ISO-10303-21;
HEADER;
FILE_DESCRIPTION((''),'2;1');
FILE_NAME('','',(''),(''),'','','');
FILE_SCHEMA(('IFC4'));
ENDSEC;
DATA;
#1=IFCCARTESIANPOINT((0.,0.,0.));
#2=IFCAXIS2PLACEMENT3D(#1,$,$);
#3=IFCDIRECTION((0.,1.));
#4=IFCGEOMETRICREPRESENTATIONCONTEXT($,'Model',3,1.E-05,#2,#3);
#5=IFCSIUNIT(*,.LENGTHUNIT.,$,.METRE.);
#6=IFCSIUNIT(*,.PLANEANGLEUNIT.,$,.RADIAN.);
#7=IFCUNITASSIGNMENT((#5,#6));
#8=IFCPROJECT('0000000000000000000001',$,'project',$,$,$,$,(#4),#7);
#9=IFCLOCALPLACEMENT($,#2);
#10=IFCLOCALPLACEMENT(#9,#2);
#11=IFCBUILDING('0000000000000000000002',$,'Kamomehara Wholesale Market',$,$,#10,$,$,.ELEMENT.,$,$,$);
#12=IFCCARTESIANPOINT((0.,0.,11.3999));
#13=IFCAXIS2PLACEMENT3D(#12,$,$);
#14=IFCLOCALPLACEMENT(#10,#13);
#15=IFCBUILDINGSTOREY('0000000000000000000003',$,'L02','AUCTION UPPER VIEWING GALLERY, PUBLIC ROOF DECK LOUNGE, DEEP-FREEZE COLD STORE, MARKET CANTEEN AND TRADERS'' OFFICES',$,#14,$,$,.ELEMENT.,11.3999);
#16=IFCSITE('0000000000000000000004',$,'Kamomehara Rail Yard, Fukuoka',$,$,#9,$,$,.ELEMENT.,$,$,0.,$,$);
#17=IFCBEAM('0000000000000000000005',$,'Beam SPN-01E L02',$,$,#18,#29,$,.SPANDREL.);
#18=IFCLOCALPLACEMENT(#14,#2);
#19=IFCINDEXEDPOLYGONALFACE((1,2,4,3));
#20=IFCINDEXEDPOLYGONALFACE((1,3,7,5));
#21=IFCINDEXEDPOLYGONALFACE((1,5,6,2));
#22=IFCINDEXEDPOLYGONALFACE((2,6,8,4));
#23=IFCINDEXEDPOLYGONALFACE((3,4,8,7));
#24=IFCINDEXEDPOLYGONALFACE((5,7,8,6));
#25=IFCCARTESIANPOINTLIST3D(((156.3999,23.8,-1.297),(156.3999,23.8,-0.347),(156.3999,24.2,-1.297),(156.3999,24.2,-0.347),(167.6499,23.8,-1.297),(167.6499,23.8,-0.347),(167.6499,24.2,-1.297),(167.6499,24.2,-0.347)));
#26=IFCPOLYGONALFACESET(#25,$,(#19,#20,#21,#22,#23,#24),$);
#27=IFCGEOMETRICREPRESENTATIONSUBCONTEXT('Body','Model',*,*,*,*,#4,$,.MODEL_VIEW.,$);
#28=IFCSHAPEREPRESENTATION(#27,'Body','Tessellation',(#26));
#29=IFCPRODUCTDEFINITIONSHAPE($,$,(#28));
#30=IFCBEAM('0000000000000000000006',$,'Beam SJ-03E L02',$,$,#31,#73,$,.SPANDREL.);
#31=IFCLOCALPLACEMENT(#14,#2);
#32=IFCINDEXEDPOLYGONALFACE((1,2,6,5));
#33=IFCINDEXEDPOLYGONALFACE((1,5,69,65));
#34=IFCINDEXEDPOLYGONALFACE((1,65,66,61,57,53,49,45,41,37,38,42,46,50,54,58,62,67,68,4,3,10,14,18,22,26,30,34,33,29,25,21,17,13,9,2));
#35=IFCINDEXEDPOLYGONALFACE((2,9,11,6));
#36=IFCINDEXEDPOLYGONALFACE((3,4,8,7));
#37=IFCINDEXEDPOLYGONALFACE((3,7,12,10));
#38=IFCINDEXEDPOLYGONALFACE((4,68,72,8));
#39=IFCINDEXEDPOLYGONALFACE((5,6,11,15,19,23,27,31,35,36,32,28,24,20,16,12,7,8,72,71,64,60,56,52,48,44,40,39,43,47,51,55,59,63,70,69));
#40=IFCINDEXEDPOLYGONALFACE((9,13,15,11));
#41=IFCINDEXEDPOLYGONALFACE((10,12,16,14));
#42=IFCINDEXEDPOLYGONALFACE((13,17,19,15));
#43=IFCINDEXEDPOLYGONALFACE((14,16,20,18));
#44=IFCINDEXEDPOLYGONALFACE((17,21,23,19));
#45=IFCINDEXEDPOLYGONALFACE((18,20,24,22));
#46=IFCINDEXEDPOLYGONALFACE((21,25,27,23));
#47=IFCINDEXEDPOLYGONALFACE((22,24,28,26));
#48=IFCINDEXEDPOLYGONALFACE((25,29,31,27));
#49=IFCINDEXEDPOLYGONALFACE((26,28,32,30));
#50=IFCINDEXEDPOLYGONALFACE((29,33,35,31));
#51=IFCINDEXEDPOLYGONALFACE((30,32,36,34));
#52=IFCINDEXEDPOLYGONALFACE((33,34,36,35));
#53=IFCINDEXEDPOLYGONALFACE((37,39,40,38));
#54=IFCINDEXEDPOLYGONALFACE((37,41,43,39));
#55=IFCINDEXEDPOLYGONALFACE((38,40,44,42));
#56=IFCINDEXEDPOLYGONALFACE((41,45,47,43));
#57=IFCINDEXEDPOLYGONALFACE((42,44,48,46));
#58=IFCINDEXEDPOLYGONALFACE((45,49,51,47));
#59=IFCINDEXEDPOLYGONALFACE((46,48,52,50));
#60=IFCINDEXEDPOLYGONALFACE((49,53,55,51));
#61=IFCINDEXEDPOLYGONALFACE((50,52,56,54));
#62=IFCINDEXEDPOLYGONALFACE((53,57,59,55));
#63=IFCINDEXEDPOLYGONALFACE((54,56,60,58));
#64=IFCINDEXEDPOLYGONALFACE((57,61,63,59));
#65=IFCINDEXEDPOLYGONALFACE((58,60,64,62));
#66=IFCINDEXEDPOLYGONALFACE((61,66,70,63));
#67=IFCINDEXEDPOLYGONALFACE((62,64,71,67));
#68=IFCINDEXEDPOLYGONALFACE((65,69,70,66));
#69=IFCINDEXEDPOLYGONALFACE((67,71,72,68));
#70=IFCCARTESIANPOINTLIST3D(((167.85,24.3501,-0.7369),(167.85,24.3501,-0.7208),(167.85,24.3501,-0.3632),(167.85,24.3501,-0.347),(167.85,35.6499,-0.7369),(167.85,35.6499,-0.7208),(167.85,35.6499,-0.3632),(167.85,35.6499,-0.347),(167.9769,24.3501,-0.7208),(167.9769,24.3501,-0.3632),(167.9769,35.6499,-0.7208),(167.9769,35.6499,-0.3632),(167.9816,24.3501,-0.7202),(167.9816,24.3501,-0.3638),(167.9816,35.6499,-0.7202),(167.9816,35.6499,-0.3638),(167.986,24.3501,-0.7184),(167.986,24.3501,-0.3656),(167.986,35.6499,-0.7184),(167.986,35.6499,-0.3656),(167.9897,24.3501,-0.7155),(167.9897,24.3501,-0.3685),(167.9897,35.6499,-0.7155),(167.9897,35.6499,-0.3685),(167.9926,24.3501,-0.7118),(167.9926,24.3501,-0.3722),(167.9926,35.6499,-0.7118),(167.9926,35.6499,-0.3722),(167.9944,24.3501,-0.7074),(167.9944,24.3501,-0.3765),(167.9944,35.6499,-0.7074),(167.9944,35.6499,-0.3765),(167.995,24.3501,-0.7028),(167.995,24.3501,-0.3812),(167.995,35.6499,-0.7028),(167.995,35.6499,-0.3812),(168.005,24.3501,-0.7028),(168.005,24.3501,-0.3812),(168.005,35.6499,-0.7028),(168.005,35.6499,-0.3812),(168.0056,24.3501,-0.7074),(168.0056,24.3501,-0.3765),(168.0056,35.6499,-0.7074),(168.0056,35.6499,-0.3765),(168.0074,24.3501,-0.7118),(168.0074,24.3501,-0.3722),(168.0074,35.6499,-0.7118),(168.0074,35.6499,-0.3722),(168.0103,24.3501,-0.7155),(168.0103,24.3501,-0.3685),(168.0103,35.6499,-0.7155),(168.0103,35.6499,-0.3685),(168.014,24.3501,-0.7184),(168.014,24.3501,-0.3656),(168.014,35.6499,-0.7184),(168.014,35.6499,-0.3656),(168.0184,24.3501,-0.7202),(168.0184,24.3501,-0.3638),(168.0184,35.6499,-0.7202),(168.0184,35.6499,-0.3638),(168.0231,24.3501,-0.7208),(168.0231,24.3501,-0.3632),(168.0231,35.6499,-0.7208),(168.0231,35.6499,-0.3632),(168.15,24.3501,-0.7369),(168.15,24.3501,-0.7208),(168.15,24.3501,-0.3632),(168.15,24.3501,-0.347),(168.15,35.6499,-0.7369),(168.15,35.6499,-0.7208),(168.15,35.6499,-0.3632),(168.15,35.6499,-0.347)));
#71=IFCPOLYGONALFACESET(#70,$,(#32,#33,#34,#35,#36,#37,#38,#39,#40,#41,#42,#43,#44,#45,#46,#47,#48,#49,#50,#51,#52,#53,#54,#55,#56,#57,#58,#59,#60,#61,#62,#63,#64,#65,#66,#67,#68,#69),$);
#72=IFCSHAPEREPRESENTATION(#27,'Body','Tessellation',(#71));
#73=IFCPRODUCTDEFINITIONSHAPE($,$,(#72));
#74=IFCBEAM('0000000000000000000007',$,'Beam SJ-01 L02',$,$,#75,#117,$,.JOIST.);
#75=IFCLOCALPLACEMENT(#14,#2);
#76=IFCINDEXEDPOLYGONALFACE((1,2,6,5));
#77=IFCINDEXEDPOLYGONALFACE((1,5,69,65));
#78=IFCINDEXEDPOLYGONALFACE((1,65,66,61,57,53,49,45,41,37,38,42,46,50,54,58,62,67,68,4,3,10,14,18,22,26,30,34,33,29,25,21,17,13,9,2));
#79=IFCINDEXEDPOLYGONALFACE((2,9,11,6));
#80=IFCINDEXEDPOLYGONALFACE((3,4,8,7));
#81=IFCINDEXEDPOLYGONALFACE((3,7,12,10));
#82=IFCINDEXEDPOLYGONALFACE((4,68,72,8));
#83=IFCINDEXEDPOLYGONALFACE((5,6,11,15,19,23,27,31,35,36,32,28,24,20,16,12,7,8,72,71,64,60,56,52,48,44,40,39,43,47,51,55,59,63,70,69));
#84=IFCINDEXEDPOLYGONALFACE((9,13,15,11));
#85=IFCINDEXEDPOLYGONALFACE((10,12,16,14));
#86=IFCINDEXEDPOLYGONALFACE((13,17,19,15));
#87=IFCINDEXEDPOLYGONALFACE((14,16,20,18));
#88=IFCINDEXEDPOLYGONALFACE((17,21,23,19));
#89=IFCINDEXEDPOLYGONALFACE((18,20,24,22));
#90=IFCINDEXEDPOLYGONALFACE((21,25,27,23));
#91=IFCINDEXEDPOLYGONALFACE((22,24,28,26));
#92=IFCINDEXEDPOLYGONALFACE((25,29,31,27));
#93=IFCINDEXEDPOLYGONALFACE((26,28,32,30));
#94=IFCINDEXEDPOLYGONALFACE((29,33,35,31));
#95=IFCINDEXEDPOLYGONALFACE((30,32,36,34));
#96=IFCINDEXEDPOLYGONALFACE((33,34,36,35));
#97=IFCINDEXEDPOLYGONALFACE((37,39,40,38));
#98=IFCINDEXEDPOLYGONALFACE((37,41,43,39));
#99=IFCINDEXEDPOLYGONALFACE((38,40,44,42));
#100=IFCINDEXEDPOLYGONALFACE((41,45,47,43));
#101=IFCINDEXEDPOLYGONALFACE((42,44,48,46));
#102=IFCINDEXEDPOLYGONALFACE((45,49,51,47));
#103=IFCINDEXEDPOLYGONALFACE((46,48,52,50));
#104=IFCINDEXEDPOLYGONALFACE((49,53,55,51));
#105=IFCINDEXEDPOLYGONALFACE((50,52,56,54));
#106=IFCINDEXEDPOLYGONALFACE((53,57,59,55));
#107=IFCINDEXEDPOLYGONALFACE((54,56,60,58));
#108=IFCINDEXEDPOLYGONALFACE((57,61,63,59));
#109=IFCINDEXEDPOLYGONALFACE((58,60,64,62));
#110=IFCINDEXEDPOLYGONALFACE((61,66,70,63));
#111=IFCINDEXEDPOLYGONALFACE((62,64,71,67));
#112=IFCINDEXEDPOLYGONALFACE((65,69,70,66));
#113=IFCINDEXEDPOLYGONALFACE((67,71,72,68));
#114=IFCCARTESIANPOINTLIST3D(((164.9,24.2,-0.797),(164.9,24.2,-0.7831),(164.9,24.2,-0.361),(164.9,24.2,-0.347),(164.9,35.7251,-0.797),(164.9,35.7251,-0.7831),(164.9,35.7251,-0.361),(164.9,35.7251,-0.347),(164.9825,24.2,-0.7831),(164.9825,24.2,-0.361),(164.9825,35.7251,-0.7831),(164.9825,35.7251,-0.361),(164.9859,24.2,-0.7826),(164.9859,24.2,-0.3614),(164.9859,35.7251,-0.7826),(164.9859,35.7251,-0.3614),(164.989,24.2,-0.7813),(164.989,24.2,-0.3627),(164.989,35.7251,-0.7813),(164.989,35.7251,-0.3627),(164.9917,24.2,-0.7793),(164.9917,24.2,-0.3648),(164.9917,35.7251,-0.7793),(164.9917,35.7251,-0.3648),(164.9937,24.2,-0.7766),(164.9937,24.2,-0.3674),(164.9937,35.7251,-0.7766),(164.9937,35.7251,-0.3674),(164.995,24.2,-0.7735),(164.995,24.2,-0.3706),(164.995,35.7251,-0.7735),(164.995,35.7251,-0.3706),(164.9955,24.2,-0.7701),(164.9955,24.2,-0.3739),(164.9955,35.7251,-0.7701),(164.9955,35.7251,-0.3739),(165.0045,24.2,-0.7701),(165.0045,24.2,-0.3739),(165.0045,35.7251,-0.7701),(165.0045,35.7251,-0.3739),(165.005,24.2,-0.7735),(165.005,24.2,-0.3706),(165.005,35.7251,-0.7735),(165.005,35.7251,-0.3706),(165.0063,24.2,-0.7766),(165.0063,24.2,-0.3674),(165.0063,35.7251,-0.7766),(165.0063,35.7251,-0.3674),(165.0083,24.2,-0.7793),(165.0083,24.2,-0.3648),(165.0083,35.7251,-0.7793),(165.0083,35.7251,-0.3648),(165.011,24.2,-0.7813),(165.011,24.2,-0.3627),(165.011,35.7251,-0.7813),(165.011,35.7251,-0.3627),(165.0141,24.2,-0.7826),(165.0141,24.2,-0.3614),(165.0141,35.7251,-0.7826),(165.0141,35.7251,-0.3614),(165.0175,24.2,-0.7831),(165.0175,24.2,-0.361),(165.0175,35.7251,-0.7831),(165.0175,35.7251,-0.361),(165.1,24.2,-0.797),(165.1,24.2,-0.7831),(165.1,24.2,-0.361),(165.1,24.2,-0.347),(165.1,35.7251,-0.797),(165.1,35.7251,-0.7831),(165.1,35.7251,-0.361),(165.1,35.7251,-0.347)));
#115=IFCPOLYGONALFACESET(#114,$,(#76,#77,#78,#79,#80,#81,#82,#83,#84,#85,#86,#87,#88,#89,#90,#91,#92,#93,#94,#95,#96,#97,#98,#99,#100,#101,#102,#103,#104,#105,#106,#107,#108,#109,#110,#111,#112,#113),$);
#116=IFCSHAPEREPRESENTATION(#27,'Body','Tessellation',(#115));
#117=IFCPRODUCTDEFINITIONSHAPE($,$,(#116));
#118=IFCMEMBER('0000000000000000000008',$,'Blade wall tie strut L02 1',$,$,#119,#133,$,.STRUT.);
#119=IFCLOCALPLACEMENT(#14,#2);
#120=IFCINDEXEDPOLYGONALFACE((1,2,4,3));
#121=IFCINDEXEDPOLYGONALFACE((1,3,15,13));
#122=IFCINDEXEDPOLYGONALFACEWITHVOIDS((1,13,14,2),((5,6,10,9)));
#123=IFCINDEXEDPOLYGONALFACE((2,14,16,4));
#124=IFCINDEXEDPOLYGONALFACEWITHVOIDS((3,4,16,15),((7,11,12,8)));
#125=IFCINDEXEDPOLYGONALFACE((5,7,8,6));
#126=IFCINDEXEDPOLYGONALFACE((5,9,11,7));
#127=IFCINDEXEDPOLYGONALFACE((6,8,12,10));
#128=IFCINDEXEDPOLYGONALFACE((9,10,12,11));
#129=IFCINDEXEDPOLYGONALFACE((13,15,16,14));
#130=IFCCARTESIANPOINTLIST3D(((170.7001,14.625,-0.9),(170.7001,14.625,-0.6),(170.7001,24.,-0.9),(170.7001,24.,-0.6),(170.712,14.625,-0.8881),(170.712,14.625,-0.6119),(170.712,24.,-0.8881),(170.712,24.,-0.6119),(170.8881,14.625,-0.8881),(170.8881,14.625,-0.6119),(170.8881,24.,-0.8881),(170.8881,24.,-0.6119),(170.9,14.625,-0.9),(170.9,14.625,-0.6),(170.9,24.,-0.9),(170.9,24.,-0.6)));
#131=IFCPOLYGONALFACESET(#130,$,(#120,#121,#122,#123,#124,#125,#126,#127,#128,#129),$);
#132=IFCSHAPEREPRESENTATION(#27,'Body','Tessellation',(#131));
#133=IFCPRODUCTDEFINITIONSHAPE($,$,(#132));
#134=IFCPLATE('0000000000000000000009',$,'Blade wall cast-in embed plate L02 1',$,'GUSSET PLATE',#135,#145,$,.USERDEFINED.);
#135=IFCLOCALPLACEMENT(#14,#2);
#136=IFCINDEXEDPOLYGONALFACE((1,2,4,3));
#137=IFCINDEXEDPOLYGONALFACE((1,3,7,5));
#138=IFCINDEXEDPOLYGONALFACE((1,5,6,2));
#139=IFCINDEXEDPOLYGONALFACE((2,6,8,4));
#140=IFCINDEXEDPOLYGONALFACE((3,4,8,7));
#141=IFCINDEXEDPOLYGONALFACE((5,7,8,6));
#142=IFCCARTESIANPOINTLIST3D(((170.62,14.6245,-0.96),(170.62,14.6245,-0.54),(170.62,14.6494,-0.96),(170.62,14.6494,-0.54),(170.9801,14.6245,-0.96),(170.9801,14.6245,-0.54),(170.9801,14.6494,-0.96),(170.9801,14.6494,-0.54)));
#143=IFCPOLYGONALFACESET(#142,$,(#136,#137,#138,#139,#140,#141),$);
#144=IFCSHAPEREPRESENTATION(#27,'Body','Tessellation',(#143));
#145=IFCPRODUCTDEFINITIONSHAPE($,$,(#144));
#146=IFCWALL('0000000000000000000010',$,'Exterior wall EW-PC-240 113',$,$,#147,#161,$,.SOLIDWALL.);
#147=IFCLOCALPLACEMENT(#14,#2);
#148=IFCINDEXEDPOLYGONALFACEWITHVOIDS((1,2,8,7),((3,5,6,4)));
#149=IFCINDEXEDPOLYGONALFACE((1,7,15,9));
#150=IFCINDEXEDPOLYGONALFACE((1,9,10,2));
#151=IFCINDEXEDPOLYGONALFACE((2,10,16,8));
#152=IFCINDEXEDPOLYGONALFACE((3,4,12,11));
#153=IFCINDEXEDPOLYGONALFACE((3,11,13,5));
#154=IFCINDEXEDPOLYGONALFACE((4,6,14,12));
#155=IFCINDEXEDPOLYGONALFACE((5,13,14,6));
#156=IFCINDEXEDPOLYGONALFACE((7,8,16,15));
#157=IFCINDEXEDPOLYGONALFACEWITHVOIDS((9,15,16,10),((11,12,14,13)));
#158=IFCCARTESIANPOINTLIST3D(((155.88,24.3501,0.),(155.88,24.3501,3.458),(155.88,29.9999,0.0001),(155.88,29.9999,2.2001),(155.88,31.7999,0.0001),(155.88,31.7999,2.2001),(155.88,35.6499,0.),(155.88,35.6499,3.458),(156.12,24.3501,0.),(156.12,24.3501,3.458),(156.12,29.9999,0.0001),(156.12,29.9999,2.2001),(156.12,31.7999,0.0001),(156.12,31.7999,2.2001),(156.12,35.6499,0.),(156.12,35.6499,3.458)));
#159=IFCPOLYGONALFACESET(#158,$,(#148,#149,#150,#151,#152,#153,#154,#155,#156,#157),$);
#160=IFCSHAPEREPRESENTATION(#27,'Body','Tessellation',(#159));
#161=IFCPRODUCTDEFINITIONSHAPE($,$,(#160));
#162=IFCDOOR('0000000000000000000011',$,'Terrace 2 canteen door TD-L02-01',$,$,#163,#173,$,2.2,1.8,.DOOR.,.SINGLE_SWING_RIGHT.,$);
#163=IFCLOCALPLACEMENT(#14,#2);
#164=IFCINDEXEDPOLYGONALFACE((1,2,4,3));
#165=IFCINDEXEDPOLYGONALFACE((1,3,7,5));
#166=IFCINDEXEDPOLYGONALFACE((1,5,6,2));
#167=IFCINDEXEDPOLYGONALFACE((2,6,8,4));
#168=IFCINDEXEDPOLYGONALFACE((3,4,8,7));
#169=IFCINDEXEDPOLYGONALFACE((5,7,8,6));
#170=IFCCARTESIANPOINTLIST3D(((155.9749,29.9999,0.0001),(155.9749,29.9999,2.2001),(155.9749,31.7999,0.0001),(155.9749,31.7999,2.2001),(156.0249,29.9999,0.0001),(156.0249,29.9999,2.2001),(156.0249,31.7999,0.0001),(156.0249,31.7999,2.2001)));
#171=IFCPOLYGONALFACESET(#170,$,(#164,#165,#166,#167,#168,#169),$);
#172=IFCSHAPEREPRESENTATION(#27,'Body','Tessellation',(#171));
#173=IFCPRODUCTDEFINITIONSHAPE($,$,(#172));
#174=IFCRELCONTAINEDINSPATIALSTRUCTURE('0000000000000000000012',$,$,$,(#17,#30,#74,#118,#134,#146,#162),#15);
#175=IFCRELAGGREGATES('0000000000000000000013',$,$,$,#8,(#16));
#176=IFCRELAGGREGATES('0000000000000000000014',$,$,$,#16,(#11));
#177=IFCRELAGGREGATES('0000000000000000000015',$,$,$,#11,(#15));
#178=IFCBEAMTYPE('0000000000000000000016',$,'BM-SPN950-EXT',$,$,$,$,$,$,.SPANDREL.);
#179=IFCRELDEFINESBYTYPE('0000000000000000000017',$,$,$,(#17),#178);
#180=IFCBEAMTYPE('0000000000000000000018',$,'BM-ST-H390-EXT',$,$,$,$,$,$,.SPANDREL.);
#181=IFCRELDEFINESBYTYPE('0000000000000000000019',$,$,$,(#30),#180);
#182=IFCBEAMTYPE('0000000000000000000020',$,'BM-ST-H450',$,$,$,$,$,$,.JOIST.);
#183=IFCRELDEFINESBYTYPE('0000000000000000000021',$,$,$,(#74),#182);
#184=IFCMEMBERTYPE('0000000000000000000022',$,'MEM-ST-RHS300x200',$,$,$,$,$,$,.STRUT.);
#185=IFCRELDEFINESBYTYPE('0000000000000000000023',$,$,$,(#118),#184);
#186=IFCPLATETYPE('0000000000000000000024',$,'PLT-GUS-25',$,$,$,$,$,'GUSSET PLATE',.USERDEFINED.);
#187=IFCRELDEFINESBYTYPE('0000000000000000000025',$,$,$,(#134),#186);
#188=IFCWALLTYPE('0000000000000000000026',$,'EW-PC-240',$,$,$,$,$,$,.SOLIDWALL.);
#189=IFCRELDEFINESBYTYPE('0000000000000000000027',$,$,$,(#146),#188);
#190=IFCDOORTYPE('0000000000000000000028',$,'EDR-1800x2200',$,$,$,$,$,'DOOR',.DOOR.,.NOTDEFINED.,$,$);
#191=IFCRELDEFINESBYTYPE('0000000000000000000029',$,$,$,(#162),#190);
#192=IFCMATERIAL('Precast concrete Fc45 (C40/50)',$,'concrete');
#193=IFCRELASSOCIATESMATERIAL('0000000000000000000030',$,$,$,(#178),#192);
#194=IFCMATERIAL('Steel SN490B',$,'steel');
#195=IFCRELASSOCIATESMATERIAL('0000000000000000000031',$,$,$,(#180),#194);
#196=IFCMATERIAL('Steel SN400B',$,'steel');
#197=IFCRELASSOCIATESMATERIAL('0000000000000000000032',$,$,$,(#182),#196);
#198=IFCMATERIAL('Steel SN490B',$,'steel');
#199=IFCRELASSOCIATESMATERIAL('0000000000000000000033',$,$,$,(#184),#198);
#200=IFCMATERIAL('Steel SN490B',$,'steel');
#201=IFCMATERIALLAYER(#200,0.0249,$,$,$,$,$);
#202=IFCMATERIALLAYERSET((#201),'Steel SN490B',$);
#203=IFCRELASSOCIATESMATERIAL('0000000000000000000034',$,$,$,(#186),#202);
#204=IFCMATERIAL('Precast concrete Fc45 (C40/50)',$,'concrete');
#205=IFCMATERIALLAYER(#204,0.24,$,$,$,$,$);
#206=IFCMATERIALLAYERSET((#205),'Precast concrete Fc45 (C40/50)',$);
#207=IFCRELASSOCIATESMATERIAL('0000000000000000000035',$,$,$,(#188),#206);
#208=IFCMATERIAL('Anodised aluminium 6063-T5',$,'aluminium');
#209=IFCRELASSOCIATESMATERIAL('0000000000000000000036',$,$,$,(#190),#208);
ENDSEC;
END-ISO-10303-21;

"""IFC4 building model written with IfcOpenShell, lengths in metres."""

from ifc_helpers import new_model, si_unit, direction, frame, frame_2d, origin, origin_2d, place, context, subcontext, project, spatial, rectangle, hollow_rectangle, i_section, extrude, material, layer, layer_set, material_profile, profile_set, type_object, element, fill, save


model = new_model("IFC4")

# Units and contexts
model_context = context("Model", 3, precision=1e-05, world=origin(), true_north=direction((0.0, 1.0)))
body_context = subcontext(model_context, "Body", "Model", "MODEL_VIEW")
ifc_project = project(units=[si_unit("LENGTHUNIT", "METRE"), si_unit("PLANEANGLEUNIT", "RADIAN")], contexts=[model_context])

# Site, building, storey
site_placement = place(None, origin())
site = spatial("IfcSite", under=ifc_project, at=site_placement, Name="Kamomehara Rail Yard, Fukuoka", CompositionType="ELEMENT", RefElevation=0.0)
building_placement = place(site_placement, origin())
building = spatial("IfcBuilding", under=site, at=building_placement, Name="Kamomehara Wholesale Market", CompositionType="ELEMENT")
storey_placement = place(building_placement, frame((0.0, 0.0, 11.3999)))
storey = spatial("IfcBuildingStorey", under=building, at=storey_placement, Name="L02", Description="AUCTION UPPER VIEWING GALLERY, PUBLIC ROOF DECK LOUNGE, DEEP-FREEZE COLD STORE, MARKET CANTEEN AND TRADERS' OFFICES", CompositionType="ELEMENT", Elevation=11.3999)

# Beams
ifc_material_1 = material(Name="Precast concrete Fc45 (C40/50)", Category="concrete")
ifc_material_profile_1 = material_profile(ifc_material_1, rectangle(XDim=0.3999, YDim=0.95, at=origin_2d()), Name="PC-SPN-400x950")
ifc_profile_set_1 = profile_set([ifc_material_profile_1], Name="Precast concrete Fc45 (C40/50)")
beam_type_1 = type_object("IfcBeamType", Name="BM-SPN950-EXT", PredefinedType="SPANDREL", material=ifc_profile_set_1)
beam_1_placement = place(storey_placement, frame((156.3999, 24.0, -0.822), z_axis=(1.0, 0.0, 0.0), x_axis=(0.0, 1.0, 0.0)))
element("IfcBeam", 1, at=beam_1_placement, inside=storey, type_object=beam_type_1, Name="Beam SPN-01E L02", PredefinedType="SPANDREL", context=body_context, shape_type="SweptSolid", body=[
    extrude(rectangle(XDim=0.3999, YDim=0.95, at=origin_2d()), origin(), (0.0, 0.0, 1.0), 11.25),
])
ifc_material_2 = material(Name="Steel SN490B", Category="steel")
ifc_material_profile_2 = material_profile(ifc_material_2, i_section(OverallWidth=0.3, OverallDepth=0.3899, WebThickness=0.01, FlangeThickness=0.0161, FilletRadius=0.0181, at=origin_2d()), Name="H-390x300x10x16")
ifc_profile_set_2 = profile_set([ifc_material_profile_2], Name="Steel SN490B")
beam_type_2 = type_object("IfcBeamType", Name="BM-ST-H390-EXT", PredefinedType="SPANDREL", material=ifc_profile_set_2)
beam_2_placement = place(storey_placement, frame((168.0, 24.3501, -0.542), z_axis=(0.0, 1.0, 0.0), x_axis=(-1.0, 0.0, 0.0)))
element("IfcBeam", 2, at=beam_2_placement, inside=storey, type_object=beam_type_2, Name="Beam SJ-03E L02", PredefinedType="SPANDREL", context=body_context, shape_type="SweptSolid", body=[
    extrude(i_section(OverallWidth=0.3, OverallDepth=0.3899, WebThickness=0.01, FlangeThickness=0.0161, FilletRadius=0.0181, at=origin_2d()), origin(), (0.0, 0.0, 1.0), 11.2998),
])
ifc_material_3 = material(Name="Steel SN400B", Category="steel")
ifc_material_profile_3 = material_profile(ifc_material_3, i_section(OverallWidth=0.2, OverallDepth=0.45, WebThickness=0.009, FlangeThickness=0.0139, FilletRadius=0.0129, at=origin_2d()), Name="H-450x200x9x14")
ifc_profile_set_3 = profile_set([ifc_material_profile_3], Name="Steel SN400B")
beam_type_3 = type_object("IfcBeamType", Name="BM-ST-H450", PredefinedType="JOIST", material=ifc_profile_set_3)
beam_3_placement = place(storey_placement, frame((165.0, 24.2, -0.572), z_axis=(0.0, 1.0, 0.0), x_axis=(-1.0, 0.0, 0.0)))
element("IfcBeam", 3, at=beam_3_placement, inside=storey, type_object=beam_type_3, Name="Beam SJ-01 L02", PredefinedType="JOIST", context=body_context, shape_type="SweptSolid", body=[
    extrude(i_section(OverallWidth=0.2, OverallDepth=0.45, WebThickness=0.009, FlangeThickness=0.0139, FilletRadius=0.0129, at=origin_2d()), origin(), (0.0, 0.0, 1.0), 11.5251),
])

# Member
ifc_material_4 = material(Name="Steel SN490B", Category="steel")
ifc_material_profile_4 = material_profile(ifc_material_4, hollow_rectangle(XDim=0.2, YDim=0.3, WallThickness=0.012, at=origin_2d()), Name="RHS-300x200x12")
ifc_profile_set_4 = profile_set([ifc_material_profile_4], Name="Steel SN490B")
member_type = type_object("IfcMemberType", Name="MEM-ST-RHS300x200", PredefinedType="STRUT", material=ifc_profile_set_4)
member_placement = place(storey_placement, frame((170.8, 14.625, -0.75), z_axis=(0.0, 1.0, 0.0), x_axis=(-1.0, 0.0, 0.0)))
element("IfcMember", 4, at=member_placement, inside=storey, type_object=member_type, Name="Blade wall tie strut L02 1", PredefinedType="STRUT", context=body_context, shape_type="SweptSolid", body=[
    extrude(hollow_rectangle(XDim=0.2, YDim=0.3, WallThickness=0.012, at=origin_2d()), origin(), (0.0, 0.0, 1.0), 9.375),
])

# Plate
ifc_material_5 = material(Name="Steel SN490B", Category="steel")
ifc_layer_1 = layer(ifc_material_5, 0.0249)
ifc_layer_set_1 = layer_set([ifc_layer_1], Name="Steel SN490B")
plate_type = type_object("IfcPlateType", Name="PLT-GUS-25", ElementType="GUSSET PLATE", PredefinedType="USERDEFINED", material=ifc_layer_set_1)
plate_placement = place(storey_placement, frame((170.8, 14.637, -0.96), z_axis=(0.0, 0.0, 1.0), x_axis=(1.0, 0.0, 0.0)))
element("IfcPlate", 5, at=plate_placement, inside=storey, type_object=plate_type, Name="Blade wall cast-in embed plate L02 1", ObjectType="GUSSET PLATE", PredefinedType="USERDEFINED", context=body_context, shape_type="SweptSolid", body=[
    extrude(rectangle(XDim=0.3601, YDim=0.0249, at=origin_2d()), origin(), (0.0, 0.0, 1.0), 0.4199),
])

# Wall, opening, door
ifc_material_6 = material(Name="Precast concrete Fc45 (C40/50)", Category="concrete")
ifc_layer_2 = layer(ifc_material_6, 0.24)
ifc_layer_set_2 = layer_set([ifc_layer_2], Name="Precast concrete Fc45 (C40/50)")
wall_type = type_object("IfcWallType", Name="EW-PC-240", PredefinedType="SOLIDWALL", material=ifc_layer_set_2)
wall_placement = place(storey_placement, frame((156.0, 35.6499, 0.0), z_axis=(0.0, 0.0, 1.0), x_axis=(0.0, -1.0, 0.0)))
wall = element("IfcWall", 6, at=wall_placement, inside=storey, type_object=wall_type, Name="Exterior wall EW-PC-240 113", PredefinedType="SOLIDWALL", context=body_context, shape_type="SweptSolid", body=[
    extrude(rectangle(XDim=11.2998, YDim=0.24, at=frame_2d((5.6499, 0.0))), origin(), (0.0, 0.0, 1.0), 3.458),
])
opening_placement = place(wall_placement, frame((3.8501, 0.0, 0.0)))
opening = element("IfcOpeningElement", 7, at=opening_placement, cuts=wall, PredefinedType="OPENING", context=body_context, shape_type="SweptSolid", body=[
    extrude(rectangle(XDim=1.8, YDim=2.2, at=frame_2d((0.8999, 1.1001))), frame((0.0, 0.1348, 0.0), z_axis=(0.0, -1.0, 0.0), x_axis=(1.0, 0.0, 0.0)), (0.0, 0.0, 1.0), 0.2698),
])
ifc_material_7 = material(Name="Anodised aluminium 6063-T5", Category="aluminium")
door_type = type_object("IfcDoorType", Name="EDR-1800x2200", ElementType="DOOR", OperationType="NOTDEFINED", PredefinedType="DOOR", material=ifc_material_7)
door_placement = place(opening_placement, origin())
door = element("IfcDoor", 8, at=door_placement, inside=storey, type_object=door_type, Name="Terrace 2 canteen door TD-L02-01", OperationType="SINGLE_SWING_RIGHT", OverallHeight=2.2, OverallWidth=1.8, PredefinedType="DOOR", context=body_context, shape_type="SweptSolid", body=[
    extrude(rectangle(XDim=1.8, YDim=2.2, at=frame_2d((0.8999, 1.1001))), frame((0.0, 0.0249, 0.0), z_axis=(0.0, -1.0, 0.0), x_axis=(1.0, 0.0, 0.0)), (0.0, 0.0, 1.0), 0.05),
])
fill(opening, door)

save(model, "model.ifc")
